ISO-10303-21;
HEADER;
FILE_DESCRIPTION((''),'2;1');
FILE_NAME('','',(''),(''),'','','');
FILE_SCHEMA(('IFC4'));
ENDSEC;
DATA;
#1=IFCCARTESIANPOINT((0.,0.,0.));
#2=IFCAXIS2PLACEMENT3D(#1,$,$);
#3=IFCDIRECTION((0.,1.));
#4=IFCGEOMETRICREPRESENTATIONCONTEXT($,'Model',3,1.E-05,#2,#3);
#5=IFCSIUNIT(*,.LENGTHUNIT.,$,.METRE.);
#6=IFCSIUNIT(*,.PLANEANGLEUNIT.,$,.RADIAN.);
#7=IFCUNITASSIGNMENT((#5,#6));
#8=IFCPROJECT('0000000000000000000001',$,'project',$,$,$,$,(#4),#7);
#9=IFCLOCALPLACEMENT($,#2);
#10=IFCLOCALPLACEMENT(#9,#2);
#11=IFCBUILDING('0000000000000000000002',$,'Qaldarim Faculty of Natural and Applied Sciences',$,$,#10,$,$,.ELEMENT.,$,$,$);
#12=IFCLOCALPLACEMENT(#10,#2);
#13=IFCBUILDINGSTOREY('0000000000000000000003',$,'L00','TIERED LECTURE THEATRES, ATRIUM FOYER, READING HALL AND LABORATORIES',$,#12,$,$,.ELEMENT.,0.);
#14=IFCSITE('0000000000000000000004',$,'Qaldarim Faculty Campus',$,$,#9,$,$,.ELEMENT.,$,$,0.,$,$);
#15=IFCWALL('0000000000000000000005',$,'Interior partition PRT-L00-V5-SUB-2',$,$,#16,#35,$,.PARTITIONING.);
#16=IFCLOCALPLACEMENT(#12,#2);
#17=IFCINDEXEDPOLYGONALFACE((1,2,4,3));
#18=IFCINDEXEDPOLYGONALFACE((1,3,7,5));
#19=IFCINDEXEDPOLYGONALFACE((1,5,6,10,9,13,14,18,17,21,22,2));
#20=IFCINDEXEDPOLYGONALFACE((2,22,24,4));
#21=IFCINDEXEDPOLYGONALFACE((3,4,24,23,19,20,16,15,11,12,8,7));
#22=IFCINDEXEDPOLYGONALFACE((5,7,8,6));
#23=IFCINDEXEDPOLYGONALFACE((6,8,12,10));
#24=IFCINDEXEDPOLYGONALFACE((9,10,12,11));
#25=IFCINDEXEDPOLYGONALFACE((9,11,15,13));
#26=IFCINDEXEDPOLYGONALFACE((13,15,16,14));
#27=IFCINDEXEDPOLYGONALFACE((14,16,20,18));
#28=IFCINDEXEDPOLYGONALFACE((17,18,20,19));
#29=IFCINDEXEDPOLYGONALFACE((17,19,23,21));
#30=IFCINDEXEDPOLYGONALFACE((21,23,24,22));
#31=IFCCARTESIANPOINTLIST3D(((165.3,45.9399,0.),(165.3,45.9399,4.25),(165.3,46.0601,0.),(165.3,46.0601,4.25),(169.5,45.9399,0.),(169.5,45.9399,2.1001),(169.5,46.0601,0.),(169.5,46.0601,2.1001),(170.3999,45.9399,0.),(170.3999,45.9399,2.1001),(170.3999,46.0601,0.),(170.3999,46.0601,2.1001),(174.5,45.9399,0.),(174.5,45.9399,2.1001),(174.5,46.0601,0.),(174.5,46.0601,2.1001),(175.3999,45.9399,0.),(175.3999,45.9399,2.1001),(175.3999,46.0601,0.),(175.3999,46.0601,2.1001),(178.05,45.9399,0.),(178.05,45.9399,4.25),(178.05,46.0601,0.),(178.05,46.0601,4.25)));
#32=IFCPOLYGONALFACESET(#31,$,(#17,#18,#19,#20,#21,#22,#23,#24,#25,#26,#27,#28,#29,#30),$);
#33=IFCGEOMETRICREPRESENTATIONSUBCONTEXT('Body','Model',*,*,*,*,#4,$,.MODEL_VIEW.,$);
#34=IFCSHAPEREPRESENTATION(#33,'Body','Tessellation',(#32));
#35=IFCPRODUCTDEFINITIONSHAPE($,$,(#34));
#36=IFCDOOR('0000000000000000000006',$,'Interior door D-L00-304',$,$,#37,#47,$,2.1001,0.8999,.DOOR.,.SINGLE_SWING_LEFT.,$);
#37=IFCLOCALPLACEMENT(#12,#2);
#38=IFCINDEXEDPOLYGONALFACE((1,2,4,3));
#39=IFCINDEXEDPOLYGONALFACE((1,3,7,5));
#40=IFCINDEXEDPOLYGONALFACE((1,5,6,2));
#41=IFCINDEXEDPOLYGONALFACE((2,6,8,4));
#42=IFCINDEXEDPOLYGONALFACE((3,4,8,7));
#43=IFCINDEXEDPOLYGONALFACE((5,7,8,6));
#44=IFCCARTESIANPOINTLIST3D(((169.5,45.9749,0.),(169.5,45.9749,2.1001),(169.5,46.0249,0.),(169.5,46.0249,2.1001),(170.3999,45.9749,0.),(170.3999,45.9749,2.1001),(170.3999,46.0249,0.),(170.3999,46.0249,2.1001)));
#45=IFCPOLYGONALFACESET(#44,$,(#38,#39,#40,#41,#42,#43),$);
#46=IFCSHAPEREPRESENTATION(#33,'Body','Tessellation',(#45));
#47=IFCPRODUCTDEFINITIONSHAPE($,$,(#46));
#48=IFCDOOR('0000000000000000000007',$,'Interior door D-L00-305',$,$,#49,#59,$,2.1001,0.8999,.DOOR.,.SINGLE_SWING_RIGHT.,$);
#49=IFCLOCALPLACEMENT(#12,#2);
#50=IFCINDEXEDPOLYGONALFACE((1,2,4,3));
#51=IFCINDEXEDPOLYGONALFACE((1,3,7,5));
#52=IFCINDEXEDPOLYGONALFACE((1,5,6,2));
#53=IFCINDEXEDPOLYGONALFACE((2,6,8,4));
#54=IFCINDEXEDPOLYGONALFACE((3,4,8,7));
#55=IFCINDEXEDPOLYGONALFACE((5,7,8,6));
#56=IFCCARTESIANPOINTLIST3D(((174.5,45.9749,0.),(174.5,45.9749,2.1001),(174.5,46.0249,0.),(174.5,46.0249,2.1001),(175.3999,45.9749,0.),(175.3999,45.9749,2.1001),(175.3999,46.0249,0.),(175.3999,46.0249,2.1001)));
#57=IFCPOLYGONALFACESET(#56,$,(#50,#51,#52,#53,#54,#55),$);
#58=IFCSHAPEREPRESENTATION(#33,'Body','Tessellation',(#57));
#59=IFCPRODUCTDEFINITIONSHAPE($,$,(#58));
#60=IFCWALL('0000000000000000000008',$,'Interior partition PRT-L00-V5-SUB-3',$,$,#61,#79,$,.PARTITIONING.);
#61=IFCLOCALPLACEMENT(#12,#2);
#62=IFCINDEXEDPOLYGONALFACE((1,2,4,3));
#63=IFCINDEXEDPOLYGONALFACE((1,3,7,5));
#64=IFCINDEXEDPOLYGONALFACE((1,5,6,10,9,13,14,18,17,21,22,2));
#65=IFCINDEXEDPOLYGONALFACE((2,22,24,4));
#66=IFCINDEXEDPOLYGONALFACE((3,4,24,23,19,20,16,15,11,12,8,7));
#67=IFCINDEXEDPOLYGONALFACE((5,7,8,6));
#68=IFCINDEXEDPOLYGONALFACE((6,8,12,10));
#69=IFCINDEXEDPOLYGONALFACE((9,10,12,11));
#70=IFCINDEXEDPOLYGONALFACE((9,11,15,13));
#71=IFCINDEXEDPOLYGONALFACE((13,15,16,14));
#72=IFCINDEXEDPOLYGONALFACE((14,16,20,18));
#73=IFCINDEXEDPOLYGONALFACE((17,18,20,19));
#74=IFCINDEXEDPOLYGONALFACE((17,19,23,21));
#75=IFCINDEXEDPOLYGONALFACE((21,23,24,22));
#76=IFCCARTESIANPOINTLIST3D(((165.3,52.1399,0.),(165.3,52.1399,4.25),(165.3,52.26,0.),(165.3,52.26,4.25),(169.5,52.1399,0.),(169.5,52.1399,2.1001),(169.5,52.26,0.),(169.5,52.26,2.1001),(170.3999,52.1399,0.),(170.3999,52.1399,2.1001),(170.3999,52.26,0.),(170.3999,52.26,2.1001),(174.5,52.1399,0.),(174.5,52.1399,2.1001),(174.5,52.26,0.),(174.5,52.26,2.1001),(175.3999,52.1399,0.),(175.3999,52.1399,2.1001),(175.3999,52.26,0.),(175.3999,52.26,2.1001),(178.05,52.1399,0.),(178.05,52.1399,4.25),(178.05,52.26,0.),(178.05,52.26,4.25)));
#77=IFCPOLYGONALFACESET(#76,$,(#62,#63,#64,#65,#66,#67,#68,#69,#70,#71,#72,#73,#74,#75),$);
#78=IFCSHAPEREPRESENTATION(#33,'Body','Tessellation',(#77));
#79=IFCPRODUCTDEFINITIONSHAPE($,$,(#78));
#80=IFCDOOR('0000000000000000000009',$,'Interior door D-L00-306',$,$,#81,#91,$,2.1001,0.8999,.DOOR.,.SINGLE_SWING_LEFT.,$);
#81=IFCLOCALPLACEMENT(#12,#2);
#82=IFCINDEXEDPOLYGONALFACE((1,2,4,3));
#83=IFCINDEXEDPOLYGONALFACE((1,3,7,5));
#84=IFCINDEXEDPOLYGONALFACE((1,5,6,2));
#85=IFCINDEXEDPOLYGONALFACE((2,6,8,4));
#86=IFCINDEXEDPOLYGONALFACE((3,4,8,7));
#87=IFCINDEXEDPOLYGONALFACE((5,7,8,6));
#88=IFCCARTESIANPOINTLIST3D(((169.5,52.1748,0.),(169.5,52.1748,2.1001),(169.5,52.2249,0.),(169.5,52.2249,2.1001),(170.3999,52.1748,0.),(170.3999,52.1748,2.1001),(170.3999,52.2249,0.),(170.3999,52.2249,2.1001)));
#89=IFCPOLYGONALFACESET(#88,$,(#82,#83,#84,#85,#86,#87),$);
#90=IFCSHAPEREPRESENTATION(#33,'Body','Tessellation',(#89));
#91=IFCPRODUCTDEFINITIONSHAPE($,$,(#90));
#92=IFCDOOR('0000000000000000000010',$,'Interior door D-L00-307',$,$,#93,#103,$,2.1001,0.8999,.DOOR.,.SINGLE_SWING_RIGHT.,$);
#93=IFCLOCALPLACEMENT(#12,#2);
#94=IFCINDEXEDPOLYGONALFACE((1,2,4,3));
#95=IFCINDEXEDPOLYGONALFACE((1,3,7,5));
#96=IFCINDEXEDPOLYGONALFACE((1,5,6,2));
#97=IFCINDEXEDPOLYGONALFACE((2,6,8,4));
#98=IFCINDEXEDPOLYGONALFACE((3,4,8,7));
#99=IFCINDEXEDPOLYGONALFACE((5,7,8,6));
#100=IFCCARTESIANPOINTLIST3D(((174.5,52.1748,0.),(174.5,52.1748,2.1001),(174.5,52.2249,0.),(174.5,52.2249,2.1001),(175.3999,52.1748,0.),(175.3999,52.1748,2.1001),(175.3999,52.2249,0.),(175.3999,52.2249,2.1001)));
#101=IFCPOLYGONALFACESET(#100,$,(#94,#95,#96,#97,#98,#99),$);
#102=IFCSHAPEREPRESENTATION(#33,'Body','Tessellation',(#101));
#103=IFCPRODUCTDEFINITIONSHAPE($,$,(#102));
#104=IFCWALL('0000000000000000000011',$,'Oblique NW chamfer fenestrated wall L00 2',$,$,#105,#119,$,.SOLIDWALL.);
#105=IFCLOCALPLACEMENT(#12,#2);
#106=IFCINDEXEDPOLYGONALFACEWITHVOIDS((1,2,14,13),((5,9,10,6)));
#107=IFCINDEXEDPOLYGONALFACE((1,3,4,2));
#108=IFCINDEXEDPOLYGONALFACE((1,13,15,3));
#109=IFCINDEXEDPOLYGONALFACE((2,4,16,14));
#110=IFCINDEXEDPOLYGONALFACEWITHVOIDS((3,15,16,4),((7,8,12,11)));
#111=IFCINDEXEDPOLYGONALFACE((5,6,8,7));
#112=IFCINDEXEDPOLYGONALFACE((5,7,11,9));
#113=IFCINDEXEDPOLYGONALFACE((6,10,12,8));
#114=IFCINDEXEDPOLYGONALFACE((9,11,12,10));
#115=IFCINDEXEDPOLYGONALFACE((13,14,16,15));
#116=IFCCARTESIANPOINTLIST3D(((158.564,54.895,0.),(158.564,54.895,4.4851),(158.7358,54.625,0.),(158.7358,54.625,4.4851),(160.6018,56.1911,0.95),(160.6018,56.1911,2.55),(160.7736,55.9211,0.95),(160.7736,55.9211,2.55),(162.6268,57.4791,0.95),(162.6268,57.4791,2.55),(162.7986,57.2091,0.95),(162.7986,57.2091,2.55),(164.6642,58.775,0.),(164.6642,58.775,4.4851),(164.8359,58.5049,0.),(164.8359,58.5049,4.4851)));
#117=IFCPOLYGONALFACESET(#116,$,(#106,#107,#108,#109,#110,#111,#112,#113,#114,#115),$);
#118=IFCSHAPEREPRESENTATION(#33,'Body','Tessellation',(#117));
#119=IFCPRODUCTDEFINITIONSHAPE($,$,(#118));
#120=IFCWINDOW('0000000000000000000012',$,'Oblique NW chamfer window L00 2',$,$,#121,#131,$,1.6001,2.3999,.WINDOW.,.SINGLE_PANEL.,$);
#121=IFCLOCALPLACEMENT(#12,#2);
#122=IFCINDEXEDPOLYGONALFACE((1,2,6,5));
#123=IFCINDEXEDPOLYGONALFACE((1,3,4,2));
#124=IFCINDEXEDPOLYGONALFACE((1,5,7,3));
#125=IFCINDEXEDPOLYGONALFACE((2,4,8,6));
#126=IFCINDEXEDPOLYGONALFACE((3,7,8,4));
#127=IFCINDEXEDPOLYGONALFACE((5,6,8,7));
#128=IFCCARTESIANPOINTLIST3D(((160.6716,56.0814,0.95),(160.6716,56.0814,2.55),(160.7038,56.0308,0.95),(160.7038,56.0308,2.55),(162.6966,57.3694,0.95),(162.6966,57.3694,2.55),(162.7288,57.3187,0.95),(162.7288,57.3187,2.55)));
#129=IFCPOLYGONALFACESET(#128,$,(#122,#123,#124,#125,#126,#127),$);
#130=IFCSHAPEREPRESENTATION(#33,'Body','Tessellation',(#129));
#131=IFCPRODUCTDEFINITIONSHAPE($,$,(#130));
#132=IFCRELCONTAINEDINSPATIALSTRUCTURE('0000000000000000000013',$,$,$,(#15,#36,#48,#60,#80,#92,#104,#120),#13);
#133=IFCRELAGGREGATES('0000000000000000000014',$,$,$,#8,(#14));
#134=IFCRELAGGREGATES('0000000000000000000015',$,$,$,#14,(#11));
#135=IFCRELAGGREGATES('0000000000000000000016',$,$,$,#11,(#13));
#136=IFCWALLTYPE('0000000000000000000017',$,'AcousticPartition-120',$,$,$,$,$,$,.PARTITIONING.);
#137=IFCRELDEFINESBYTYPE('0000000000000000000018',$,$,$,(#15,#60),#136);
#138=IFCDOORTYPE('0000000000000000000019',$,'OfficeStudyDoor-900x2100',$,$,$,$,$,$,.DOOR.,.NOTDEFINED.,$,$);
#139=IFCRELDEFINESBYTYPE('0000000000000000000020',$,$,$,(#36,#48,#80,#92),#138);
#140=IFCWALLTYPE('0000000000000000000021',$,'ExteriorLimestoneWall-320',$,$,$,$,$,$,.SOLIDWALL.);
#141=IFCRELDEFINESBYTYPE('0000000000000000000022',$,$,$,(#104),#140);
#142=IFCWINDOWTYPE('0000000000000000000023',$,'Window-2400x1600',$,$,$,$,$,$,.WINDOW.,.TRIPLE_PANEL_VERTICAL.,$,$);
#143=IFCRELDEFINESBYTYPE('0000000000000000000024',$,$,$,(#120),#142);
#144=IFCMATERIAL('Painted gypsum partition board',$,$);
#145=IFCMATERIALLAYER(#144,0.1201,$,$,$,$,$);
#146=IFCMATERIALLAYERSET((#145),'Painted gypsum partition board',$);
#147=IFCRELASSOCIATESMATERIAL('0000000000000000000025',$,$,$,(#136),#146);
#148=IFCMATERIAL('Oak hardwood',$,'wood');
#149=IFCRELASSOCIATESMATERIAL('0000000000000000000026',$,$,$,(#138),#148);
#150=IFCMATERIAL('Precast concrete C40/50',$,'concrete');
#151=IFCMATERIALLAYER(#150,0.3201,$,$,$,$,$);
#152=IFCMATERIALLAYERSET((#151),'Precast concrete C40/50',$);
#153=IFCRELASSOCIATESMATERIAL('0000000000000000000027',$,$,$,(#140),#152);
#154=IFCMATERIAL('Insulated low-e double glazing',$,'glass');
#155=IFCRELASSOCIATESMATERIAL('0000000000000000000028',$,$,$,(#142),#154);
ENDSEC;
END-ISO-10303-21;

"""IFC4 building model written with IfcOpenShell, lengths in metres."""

from ifc_helpers import new_model, si_unit, direction, frame, frame_2d, origin, place, context, subcontext, project, spatial, rectangle, extrude, material, layer, layer_set, type_object, element, fill, save


model = new_model("IFC4")

# Units and contexts
model_context = context("Model", 3, precision=1e-05, world=origin(), true_north=direction((0.0, 1.0)))
body_context = subcontext(model_context, "Body", "Model", "MODEL_VIEW")
ifc_project = project(units=[si_unit("LENGTHUNIT", "METRE"), si_unit("PLANEANGLEUNIT", "RADIAN")], contexts=[model_context])

# Site, building, storey
site_placement = place(None, origin())
site = spatial("IfcSite", under=ifc_project, at=site_placement, Name="Qaldarim Faculty Campus", CompositionType="ELEMENT", RefElevation=0.0)
building_placement = place(site_placement, origin())
building = spatial("IfcBuilding", under=site, at=building_placement, Name="Qaldarim Faculty of Natural and Applied Sciences", CompositionType="ELEMENT")
storey_placement = place(building_placement, origin())
storey = spatial("IfcBuildingStorey", under=building, at=storey_placement, Name="L00", Description="TIERED LECTURE THEATRES, ATRIUM FOYER, READING HALL AND LABORATORIES", CompositionType="ELEMENT", Elevation=0.0)

# Shared definitions
ifc_material_1 = material(Name="Precast concrete C40/50", Category="concrete")

# Walls, openings, doors
ifc_material_2 = material(Name="Painted gypsum partition board")
ifc_layer_1 = layer(ifc_material_2, 0.1201)
ifc_layer_set_1 = layer_set([ifc_layer_1], Name="Painted gypsum partition board")
wall_type_1 = type_object("IfcWallType", Name="AcousticPartition-120", PredefinedType="PARTITIONING", material=ifc_layer_set_1)
wall_1_placement = place(storey_placement, frame((165.3, 46.0, 0.0), z_axis=(0.0, 0.0, 1.0), x_axis=(1.0, 0.0, 0.0)))
wall_1 = element("IfcWall", 1, at=wall_1_placement, inside=storey, type_object=wall_type_1, Name="Interior partition PRT-L00-V5-SUB-2", PredefinedType="PARTITIONING", context=body_context, shape_type="SweptSolid", body=[
    extrude(rectangle(XDim=12.75, YDim=0.1201, at=frame_2d((6.375, 0.0))), origin(), (0.0, 0.0, 1.0), 4.25),
])
opening_1_placement = place(wall_1_placement, frame((4.2, 0.0, 0.0)))
opening_1 = element("IfcOpeningElement", 2, at=opening_1_placement, cuts=wall_1, PredefinedType="OPENING", context=body_context, shape_type="SweptSolid", body=[
    extrude(rectangle(XDim=0.8999, YDim=2.1001, at=frame_2d((0.45, 1.05))), frame((0.0, 0.0701, 0.0), z_axis=(0.0, -1.0, 0.0), x_axis=(1.0, 0.0, 0.0)), (0.0, 0.0, 1.0), 0.1401),
])
opening_2_placement = place(wall_1_placement, frame((9.2, 0.0, 0.0)))
opening_2 = element("IfcOpeningElement", 3, at=opening_2_placement, cuts=wall_1, PredefinedType="OPENING", context=body_context, shape_type="SweptSolid", body=[
    extrude(rectangle(XDim=0.8999, YDim=2.1001, at=frame_2d((0.45, 1.05))), frame((0.0, 0.0701, 0.0), z_axis=(0.0, -1.0, 0.0), x_axis=(1.0, 0.0, 0.0)), (0.0, 0.0, 1.0), 0.1401),
])
ifc_material_3 = material(Name="Oak hardwood", Category="wood")
door_type_1 = type_object("IfcDoorType", Name="OfficeStudyDoor-900x2100", OperationType="NOTDEFINED", PredefinedType="DOOR", material=ifc_material_3)
door_1_placement = place(opening_1_placement, origin())
door_1 = element("IfcDoor", 4, at=door_1_placement, inside=storey, type_object=door_type_1, Name="Interior door D-L00-304", OperationType="SINGLE_SWING_LEFT", OverallHeight=2.1001, OverallWidth=0.8999, PredefinedType="DOOR", context=body_context, shape_type="SweptSolid", body=[
    extrude(rectangle(XDim=0.8999, YDim=2.1001, at=frame_2d((0.45, 1.05))), frame((0.0, 0.0249, 0.0), z_axis=(0.0, -1.0, 0.0), x_axis=(1.0, 0.0, 0.0)), (0.0, 0.0, 1.0), 0.05),
])
fill(opening_1, door_1)
door_2_placement = place(opening_2_placement, origin())
door_2 = element("IfcDoor", 5, at=door_2_placement, inside=storey, type_object=door_type_1, Name="Interior door D-L00-305", OperationType="SINGLE_SWING_RIGHT", OverallHeight=2.1001, OverallWidth=0.8999, PredefinedType="DOOR", context=body_context, shape_type="SweptSolid", body=[
    extrude(rectangle(XDim=0.8999, YDim=2.1001, at=frame_2d((0.45, 1.05))), frame((0.0, 0.0249, 0.0), z_axis=(0.0, -1.0, 0.0), x_axis=(1.0, 0.0, 0.0)), (0.0, 0.0, 1.0), 0.05),
])
fill(opening_2, door_2)
wall_2_placement = place(storey_placement, frame((165.3, 52.2, 0.0), z_axis=(0.0, 0.0, 1.0), x_axis=(1.0, 0.0, 0.0)))
wall_2 = element("IfcWall", 6, at=wall_2_placement, inside=storey, type_object=wall_type_1, Name="Interior partition PRT-L00-V5-SUB-3", PredefinedType="PARTITIONING", context=body_context, shape_type="SweptSolid", body=[
    extrude(rectangle(XDim=12.75, YDim=0.1201, at=frame_2d((6.375, 0.0))), origin(), (0.0, 0.0, 1.0), 4.25),
])
opening_3_placement = place(wall_2_placement, frame((4.2, 0.0, 0.0)))
opening_3 = element("IfcOpeningElement", 7, at=opening_3_placement, cuts=wall_2, PredefinedType="OPENING", context=body_context, shape_type="SweptSolid", body=[
    extrude(rectangle(XDim=0.8999, YDim=2.1001, at=frame_2d((0.45, 1.05))), frame((0.0, 0.0701, 0.0), z_axis=(0.0, -1.0, 0.0), x_axis=(1.0, 0.0, 0.0)), (0.0, 0.0, 1.0), 0.1401),
])
opening_4_placement = place(wall_2_placement, frame((9.2, 0.0, 0.0)))
opening_4 = element("IfcOpeningElement", 8, at=opening_4_placement, cuts=wall_2, PredefinedType="OPENING", context=body_context, shape_type="SweptSolid", body=[
    extrude(rectangle(XDim=0.8999, YDim=2.1001, at=frame_2d((0.45, 1.05))), frame((0.0, 0.0701, 0.0), z_axis=(0.0, -1.0, 0.0), x_axis=(1.0, 0.0, 0.0)), (0.0, 0.0, 1.0), 0.1401),
])
door_3_placement = place(opening_3_placement, origin())
door_3 = element("IfcDoor", 9, at=door_3_placement, inside=storey, type_object=door_type_1, Name="Interior door D-L00-306", OperationType="SINGLE_SWING_LEFT", OverallHeight=2.1001, OverallWidth=0.8999, PredefinedType="DOOR", context=body_context, shape_type="SweptSolid", body=[
    extrude(rectangle(XDim=0.8999, YDim=2.1001, at=frame_2d((0.45, 1.05))), frame((0.0, 0.0249, 0.0), z_axis=(0.0, -1.0, 0.0), x_axis=(1.0, 0.0, 0.0)), (0.0, 0.0, 1.0), 0.05),
])
fill(opening_3, door_3)
door_4_placement = place(opening_4_placement, origin())
door_4 = element("IfcDoor", 10, at=door_4_placement, inside=storey, type_object=door_type_1, Name="Interior door D-L00-307", OperationType="SINGLE_SWING_RIGHT", OverallHeight=2.1001, OverallWidth=0.8999, PredefinedType="DOOR", context=body_context, shape_type="SweptSolid", body=[
    extrude(rectangle(XDim=0.8999, YDim=2.1001, at=frame_2d((0.45, 1.05))), frame((0.0, 0.0249, 0.0), z_axis=(0.0, -1.0, 0.0), x_axis=(1.0, 0.0, 0.0)), (0.0, 0.0, 1.0), 0.05),
])
fill(opening_4, door_4)

# Wall, opening, window
ifc_layer_2 = layer(ifc_material_1, 0.3201)
ifc_layer_set_2 = layer_set([ifc_layer_2], Name="Precast concrete C40/50")
wall_type_2 = type_object("IfcWallType", Name="ExteriorLimestoneWall-320", PredefinedType="SOLIDWALL", material=ifc_layer_set_2)
wall_3_placement = place(storey_placement, frame((158.6499, 54.76, 0.0), z_axis=(0.0, 0.0, 1.0), x_axis=(0.843787, 0.536679, 0.0)))
wall_3 = element("IfcWall", 11, at=wall_3_placement, inside=storey, type_object=wall_type_2, Name="Oblique NW chamfer fenestrated wall L00 2", PredefinedType="SOLIDWALL", context=body_context, shape_type="SweptSolid", body=[
    extrude(rectangle(XDim=7.2295, YDim=0.3201, at=frame_2d((3.6147, 0.0))), origin(), (0.0, 0.0, 1.0), 4.4851),
])
opening_5_placement = place(wall_3_placement, frame((2.415, 0.0, 0.95)))
opening_5 = element("IfcOpeningElement", 12, at=opening_5_placement, cuts=wall_3, PredefinedType="OPENING", context=body_context, shape_type="SweptSolid", body=[
    extrude(rectangle(XDim=2.3999, YDim=1.6001, at=frame_2d((1.2, 0.8))), frame((0.0, 0.1699, 0.0), z_axis=(0.0, -1.0, 0.0), x_axis=(1.0, 0.0, 0.0)), (0.0, 0.0, 1.0), 0.3401),
])
ifc_material_4 = material(Name="Insulated low-e double glazing", Category="glass")
window_type = type_object("IfcWindowType", Name="Window-2400x1600", PartitioningType="TRIPLE_PANEL_VERTICAL", PredefinedType="WINDOW", material=ifc_material_4)
window_placement = place(opening_5_placement, origin())
window = element("IfcWindow", 13, at=window_placement, inside=storey, type_object=window_type, Name="Oblique NW chamfer window L00 2", OverallHeight=1.6001, OverallWidth=2.3999, PartitioningType="SINGLE_PANEL", PredefinedType="WINDOW", context=body_context, shape_type="SweptSolid", body=[
    extrude(rectangle(XDim=2.3999, YDim=1.6001, at=frame_2d((1.2, 0.8))), frame((0.0, 0.03, 0.0), z_axis=(0.0, -1.0, 0.0), x_axis=(1.0, 0.0, 0.0)), (0.0, 0.0, 1.0), 0.0601),
])
fill(opening_5, window)

save(model, "model.ifc")
